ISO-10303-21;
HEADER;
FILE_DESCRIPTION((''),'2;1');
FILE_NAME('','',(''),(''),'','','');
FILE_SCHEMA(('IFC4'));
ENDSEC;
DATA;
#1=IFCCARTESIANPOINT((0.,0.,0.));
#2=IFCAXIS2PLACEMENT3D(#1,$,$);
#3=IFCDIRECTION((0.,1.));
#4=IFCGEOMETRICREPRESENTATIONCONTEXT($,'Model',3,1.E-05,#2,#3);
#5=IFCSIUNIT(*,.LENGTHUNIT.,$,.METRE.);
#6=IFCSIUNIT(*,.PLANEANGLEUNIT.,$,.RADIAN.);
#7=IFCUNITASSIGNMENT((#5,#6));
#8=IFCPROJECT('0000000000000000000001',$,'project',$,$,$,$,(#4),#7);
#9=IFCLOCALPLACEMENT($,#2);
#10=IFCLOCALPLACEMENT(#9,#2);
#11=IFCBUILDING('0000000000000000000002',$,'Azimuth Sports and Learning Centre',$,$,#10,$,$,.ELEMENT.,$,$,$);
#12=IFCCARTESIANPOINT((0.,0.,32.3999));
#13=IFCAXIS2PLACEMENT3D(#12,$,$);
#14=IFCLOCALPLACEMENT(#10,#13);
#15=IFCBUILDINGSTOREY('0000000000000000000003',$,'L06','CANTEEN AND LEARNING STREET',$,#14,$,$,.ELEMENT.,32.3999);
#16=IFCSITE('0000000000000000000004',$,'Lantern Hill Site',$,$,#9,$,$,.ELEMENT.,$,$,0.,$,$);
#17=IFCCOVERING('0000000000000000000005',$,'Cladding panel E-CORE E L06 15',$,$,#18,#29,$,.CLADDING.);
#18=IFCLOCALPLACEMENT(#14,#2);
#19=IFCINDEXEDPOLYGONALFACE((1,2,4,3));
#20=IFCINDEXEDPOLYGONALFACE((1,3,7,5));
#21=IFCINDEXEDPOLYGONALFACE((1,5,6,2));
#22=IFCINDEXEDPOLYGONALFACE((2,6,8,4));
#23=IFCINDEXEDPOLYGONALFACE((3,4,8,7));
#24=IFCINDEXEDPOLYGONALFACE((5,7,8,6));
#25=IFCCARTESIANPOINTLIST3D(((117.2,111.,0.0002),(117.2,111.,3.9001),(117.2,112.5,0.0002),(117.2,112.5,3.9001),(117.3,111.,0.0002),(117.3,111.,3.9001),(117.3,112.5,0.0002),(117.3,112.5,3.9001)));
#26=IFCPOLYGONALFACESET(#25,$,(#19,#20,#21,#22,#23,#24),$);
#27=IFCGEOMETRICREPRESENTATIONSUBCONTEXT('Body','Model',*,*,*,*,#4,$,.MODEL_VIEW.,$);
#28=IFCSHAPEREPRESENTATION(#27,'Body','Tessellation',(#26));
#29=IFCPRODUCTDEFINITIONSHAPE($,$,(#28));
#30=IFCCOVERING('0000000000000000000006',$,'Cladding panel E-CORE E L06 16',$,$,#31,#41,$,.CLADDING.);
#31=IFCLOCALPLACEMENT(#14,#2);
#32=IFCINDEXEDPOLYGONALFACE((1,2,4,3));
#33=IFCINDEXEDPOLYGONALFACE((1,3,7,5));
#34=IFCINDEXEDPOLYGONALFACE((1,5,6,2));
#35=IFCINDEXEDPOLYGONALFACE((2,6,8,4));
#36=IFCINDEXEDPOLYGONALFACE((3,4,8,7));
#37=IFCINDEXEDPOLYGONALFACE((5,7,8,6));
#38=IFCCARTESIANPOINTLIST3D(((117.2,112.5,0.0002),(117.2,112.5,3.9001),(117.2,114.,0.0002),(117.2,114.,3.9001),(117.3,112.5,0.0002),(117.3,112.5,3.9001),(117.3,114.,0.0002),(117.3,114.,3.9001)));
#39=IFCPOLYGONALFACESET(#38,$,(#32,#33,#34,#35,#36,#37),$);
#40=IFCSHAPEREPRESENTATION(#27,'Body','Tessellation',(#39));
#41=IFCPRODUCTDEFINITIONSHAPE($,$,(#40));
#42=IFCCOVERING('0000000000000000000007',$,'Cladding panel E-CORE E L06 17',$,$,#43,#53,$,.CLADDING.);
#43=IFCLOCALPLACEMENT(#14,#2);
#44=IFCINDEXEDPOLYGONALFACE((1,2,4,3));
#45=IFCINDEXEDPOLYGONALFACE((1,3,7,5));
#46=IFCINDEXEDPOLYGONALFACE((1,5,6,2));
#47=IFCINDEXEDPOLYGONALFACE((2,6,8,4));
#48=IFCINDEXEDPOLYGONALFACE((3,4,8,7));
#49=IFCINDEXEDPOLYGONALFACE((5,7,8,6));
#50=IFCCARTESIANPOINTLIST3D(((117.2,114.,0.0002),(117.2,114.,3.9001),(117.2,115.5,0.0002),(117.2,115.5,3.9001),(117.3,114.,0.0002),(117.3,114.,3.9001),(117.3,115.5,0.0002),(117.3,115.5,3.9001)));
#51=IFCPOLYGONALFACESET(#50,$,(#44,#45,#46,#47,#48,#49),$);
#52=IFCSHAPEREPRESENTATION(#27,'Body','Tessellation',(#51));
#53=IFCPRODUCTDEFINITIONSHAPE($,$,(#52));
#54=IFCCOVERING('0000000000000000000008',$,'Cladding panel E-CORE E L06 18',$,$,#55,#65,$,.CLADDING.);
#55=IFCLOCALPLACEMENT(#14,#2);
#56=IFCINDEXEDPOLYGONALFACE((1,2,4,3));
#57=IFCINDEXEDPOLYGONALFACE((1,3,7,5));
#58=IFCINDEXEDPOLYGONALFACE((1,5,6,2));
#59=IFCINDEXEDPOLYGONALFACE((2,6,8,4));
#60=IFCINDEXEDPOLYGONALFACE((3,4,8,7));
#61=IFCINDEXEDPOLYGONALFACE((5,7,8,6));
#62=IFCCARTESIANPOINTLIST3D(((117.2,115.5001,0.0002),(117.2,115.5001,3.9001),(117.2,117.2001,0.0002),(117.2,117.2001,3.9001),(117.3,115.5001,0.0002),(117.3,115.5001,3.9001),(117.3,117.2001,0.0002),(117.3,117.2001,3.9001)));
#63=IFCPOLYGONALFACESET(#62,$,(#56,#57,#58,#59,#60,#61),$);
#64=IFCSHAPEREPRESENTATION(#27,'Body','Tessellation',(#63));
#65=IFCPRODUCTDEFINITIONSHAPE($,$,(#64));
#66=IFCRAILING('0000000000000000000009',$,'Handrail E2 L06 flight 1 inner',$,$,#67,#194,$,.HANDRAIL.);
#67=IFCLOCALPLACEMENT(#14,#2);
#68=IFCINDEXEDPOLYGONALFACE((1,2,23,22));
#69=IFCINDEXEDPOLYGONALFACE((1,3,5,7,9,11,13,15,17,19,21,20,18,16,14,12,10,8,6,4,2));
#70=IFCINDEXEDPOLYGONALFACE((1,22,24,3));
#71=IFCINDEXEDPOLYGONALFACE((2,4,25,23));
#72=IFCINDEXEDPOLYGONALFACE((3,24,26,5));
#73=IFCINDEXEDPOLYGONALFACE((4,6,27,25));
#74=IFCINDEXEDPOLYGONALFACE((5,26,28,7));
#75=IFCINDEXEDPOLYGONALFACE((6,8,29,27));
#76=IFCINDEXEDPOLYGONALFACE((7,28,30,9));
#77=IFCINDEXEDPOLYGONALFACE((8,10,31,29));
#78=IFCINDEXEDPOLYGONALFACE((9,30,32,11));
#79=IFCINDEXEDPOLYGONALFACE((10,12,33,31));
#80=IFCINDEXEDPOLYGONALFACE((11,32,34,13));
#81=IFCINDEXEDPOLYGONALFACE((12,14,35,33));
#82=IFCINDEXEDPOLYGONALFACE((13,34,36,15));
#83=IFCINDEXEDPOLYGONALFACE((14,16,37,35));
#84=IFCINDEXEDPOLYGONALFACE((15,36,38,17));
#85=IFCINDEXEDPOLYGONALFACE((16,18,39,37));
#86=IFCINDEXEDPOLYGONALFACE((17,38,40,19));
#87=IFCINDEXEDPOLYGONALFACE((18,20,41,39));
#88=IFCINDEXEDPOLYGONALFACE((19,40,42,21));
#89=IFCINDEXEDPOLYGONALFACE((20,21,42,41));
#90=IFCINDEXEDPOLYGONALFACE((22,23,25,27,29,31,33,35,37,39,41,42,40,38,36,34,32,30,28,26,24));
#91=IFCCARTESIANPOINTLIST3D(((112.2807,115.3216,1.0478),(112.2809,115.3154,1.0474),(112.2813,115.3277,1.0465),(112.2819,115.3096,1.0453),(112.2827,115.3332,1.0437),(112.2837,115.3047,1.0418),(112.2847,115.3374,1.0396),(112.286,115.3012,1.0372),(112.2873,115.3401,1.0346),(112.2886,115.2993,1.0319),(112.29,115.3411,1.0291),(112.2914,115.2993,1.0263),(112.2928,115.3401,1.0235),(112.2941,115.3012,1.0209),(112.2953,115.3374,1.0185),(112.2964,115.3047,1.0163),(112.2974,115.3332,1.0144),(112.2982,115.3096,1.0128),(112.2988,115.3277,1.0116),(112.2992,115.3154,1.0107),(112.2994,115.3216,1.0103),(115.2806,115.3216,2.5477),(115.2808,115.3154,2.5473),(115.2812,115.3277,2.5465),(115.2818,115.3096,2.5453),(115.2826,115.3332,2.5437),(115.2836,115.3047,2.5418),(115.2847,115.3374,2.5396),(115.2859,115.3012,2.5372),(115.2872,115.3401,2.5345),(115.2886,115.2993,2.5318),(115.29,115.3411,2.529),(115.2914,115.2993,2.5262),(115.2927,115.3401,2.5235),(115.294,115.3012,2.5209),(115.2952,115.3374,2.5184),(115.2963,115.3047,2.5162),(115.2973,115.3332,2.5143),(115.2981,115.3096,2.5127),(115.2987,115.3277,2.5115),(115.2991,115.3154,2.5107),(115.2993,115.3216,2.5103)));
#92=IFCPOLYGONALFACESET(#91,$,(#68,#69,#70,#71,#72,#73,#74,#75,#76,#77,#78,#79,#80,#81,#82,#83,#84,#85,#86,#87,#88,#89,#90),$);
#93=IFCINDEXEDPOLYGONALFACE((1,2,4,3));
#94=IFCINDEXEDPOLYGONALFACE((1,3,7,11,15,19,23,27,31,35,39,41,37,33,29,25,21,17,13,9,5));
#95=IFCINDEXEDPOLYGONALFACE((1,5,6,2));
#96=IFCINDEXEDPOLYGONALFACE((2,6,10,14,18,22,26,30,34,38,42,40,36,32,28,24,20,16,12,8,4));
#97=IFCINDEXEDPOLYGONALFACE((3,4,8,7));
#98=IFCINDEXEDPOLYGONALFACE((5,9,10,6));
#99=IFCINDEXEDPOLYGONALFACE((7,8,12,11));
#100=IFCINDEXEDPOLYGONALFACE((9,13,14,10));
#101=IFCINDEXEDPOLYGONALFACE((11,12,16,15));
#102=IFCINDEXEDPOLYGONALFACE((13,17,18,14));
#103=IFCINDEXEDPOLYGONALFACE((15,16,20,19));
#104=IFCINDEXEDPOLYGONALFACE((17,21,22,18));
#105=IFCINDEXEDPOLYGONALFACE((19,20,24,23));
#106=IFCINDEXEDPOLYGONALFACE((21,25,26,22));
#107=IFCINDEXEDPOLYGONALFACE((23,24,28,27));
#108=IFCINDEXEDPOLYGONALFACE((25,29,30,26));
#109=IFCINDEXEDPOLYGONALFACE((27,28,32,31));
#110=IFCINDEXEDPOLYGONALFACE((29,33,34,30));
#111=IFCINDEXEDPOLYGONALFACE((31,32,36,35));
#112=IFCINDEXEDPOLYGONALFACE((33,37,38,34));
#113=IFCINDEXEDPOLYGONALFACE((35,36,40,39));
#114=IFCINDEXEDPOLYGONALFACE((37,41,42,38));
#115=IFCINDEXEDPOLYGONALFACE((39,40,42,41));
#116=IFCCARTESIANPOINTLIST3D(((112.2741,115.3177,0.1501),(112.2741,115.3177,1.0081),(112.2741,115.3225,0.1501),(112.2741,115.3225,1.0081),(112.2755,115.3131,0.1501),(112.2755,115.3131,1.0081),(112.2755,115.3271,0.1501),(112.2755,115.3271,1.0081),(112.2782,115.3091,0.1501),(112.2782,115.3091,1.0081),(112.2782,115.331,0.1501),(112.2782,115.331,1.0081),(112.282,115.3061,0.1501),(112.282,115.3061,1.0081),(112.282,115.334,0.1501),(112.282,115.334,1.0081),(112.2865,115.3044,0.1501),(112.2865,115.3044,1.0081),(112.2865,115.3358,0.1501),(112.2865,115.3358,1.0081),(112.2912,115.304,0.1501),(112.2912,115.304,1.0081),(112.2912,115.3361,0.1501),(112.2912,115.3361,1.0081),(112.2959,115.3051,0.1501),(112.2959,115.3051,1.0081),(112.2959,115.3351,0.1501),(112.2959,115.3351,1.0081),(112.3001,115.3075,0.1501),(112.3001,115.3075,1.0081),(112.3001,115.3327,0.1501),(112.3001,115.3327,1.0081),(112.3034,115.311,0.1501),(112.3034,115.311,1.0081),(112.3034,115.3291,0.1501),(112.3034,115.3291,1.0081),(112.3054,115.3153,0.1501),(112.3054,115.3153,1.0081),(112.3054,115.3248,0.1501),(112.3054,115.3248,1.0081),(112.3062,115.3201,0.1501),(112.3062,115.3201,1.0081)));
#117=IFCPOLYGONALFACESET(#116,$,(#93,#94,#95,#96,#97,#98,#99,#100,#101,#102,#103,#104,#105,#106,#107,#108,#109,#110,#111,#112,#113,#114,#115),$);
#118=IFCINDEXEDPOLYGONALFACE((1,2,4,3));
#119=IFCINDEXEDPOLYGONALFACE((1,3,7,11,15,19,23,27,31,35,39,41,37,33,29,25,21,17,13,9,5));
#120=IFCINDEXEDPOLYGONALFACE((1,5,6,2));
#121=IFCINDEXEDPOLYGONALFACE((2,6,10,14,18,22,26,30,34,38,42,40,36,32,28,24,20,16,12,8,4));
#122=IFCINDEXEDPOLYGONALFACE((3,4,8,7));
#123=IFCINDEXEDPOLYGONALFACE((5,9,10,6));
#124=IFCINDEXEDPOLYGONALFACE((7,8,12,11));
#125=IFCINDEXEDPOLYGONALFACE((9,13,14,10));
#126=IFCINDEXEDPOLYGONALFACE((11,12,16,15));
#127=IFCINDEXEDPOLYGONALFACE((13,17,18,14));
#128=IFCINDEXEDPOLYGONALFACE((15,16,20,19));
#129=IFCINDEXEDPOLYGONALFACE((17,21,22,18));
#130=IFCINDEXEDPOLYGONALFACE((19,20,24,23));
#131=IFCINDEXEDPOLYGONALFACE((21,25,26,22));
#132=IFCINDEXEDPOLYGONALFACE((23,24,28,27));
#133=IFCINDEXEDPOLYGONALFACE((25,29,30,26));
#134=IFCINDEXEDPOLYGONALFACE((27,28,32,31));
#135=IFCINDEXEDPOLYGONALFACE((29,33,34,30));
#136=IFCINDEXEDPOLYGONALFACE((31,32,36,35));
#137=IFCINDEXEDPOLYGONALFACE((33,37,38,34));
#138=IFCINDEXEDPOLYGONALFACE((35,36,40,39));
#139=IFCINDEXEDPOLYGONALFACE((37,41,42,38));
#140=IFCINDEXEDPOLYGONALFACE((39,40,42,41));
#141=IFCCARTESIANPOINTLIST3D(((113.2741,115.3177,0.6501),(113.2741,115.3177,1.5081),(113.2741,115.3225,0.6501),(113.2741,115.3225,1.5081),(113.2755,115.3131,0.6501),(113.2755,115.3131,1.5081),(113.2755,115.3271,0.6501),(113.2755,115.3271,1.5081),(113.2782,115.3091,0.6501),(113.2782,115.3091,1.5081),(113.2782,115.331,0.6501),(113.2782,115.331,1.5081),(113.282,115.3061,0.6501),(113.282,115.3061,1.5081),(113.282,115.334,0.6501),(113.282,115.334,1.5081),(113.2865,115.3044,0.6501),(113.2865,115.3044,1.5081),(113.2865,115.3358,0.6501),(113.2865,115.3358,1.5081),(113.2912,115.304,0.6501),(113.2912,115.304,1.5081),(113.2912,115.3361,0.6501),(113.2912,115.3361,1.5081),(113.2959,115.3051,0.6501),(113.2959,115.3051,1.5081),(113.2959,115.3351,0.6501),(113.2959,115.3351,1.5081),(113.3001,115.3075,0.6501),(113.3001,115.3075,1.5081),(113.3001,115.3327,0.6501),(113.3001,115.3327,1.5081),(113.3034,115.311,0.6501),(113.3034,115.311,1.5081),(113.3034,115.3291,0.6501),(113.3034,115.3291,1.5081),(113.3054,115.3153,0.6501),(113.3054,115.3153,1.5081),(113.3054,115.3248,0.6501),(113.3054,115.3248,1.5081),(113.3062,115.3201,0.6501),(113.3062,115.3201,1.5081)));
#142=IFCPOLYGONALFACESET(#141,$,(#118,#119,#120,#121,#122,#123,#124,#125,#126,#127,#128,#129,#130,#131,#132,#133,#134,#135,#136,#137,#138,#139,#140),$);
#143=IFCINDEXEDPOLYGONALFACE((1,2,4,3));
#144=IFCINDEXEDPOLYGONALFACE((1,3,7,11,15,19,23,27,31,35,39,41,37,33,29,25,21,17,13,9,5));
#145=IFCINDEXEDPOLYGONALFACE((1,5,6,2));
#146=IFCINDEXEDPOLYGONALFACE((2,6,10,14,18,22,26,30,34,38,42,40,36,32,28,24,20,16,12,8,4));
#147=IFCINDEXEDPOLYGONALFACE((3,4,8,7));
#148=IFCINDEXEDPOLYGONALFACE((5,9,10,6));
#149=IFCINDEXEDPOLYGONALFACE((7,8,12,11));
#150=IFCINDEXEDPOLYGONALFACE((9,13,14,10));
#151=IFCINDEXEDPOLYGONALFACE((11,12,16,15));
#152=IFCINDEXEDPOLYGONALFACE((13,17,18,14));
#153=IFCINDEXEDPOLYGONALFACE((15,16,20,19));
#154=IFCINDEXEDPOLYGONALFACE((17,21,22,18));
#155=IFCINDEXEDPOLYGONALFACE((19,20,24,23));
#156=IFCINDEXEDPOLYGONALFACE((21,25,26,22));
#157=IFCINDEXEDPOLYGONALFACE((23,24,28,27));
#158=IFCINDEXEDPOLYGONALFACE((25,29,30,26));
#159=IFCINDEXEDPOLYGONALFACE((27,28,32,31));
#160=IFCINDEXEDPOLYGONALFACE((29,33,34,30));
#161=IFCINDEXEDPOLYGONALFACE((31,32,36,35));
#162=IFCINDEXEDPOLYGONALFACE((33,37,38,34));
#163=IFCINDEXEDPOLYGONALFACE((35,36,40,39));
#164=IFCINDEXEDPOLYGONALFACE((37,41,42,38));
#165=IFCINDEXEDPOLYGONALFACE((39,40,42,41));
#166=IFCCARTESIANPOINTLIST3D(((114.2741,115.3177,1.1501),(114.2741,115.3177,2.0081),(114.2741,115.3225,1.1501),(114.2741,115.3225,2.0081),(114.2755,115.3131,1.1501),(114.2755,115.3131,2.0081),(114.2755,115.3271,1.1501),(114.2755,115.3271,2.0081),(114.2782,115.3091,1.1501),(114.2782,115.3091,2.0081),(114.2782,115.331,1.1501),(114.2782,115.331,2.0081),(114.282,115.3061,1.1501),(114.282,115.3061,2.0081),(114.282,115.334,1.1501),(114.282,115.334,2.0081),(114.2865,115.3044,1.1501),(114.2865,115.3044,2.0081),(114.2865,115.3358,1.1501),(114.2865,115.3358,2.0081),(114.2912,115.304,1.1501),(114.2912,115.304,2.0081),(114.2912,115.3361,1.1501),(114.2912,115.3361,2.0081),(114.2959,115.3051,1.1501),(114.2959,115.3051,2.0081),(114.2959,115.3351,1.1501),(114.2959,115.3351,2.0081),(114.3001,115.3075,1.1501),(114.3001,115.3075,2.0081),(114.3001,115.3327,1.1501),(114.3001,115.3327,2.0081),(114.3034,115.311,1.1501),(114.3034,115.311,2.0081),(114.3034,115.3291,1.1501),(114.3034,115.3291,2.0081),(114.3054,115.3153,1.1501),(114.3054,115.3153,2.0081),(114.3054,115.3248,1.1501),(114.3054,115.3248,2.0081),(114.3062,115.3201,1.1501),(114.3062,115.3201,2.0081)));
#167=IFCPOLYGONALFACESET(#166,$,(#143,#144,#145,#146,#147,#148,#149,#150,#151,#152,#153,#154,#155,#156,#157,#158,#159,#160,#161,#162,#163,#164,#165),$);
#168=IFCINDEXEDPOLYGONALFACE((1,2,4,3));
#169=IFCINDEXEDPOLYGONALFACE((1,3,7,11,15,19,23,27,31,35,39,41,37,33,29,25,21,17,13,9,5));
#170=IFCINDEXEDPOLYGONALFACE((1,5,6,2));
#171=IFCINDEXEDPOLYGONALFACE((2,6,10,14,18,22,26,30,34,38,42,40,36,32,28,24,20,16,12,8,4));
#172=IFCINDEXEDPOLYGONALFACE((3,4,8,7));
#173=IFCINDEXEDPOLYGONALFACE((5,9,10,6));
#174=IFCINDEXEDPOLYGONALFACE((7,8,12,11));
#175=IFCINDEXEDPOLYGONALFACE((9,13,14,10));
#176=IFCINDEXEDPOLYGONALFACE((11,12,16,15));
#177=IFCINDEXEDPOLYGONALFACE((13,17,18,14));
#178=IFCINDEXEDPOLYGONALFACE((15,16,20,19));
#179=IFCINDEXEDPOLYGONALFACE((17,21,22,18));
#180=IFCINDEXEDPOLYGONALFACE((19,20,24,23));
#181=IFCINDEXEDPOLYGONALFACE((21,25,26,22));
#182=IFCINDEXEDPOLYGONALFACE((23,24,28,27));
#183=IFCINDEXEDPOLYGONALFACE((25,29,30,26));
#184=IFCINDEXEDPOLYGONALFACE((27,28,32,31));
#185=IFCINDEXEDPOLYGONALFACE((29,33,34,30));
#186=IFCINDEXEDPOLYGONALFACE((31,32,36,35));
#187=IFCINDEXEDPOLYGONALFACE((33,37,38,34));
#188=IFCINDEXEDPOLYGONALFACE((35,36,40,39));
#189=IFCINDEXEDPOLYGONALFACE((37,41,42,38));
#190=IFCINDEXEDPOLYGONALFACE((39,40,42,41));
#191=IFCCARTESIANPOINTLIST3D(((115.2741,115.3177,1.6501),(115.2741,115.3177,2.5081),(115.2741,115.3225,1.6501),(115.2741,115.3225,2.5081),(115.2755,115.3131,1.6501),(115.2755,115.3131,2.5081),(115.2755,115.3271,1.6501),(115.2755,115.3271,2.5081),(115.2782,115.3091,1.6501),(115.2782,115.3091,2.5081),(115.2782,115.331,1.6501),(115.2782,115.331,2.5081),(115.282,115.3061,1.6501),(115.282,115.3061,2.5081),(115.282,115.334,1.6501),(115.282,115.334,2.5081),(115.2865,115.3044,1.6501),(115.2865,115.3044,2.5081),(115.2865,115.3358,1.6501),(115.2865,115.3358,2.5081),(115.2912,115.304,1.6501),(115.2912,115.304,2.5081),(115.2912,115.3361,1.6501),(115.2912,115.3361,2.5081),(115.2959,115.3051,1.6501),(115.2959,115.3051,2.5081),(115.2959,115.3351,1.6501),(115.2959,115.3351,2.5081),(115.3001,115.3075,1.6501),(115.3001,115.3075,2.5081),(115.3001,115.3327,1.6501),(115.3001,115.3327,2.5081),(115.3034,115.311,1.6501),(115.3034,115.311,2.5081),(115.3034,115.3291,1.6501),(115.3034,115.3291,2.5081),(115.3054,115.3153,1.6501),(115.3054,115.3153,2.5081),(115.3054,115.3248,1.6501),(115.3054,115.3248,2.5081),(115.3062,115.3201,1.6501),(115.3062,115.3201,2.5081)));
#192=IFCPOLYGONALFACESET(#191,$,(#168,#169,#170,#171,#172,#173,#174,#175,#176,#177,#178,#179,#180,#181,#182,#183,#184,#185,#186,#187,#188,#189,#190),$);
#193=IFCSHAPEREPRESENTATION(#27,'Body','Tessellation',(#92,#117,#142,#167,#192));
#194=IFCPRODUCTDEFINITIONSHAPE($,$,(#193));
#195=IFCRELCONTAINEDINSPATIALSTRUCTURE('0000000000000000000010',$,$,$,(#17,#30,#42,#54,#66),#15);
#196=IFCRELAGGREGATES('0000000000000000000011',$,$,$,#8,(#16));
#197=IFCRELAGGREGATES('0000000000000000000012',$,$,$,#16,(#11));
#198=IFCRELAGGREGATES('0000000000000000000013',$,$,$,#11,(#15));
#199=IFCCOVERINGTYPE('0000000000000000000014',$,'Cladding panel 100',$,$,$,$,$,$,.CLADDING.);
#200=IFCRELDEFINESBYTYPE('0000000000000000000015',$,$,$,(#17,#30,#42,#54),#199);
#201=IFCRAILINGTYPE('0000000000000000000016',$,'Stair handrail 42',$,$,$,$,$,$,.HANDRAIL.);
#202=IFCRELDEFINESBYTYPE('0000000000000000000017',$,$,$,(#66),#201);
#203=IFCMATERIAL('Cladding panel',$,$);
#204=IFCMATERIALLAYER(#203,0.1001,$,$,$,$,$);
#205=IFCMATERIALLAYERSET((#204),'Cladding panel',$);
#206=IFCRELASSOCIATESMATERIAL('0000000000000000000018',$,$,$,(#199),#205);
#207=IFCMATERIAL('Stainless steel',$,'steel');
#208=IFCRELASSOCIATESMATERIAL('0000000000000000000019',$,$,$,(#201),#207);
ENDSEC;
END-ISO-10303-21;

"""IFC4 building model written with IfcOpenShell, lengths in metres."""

from ifc_helpers import new_model, si_unit, direction, frame, origin, origin_2d, place, context, subcontext, project, spatial, rectangle, circle, extrude, material, layer, layer_set, type_object, element, save


model = new_model("IFC4")

# Units and contexts
model_context = context("Model", 3, precision=1e-05, world=origin(), true_north=direction((0.0, 1.0)))
body_context = subcontext(model_context, "Body", "Model", "MODEL_VIEW")
ifc_project = project(units=[si_unit("LENGTHUNIT", "METRE"), si_unit("PLANEANGLEUNIT", "RADIAN")], contexts=[model_context])

# Site, building, storey
site_placement = place(None, origin())
site = spatial("IfcSite", under=ifc_project, at=site_placement, Name="Lantern Hill Site", CompositionType="ELEMENT", RefElevation=0.0)
building_placement = place(site_placement, origin())
building = spatial("IfcBuilding", under=site, at=building_placement, Name="Azimuth Sports and Learning Centre", CompositionType="ELEMENT")
storey_placement = place(building_placement, frame((0.0, 0.0, 32.3999)))
storey = spatial("IfcBuildingStorey", under=building, at=storey_placement, Name="L06", Description="CANTEEN AND LEARNING STREET", CompositionType="ELEMENT", Elevation=32.3999)

# Coverings
ifc_material_1 = material(Name="Cladding panel")
ifc_layer_1 = layer(ifc_material_1, 0.1001)
ifc_layer_set_1 = layer_set([ifc_layer_1], Name="Cladding panel")
covering_type = type_object("IfcCoveringType", Name="Cladding panel 100", PredefinedType="CLADDING", material=ifc_layer_set_1)
for number, where, z_axis, x_axis, name in (
    (1, (117.25, 111.75, 0.0002), (0.0, 0.0, 1.0), (0.0, 1.0, 0.0), "Cladding panel E-CORE E L06 15"),
    (2, (117.25, 113.25, 0.0002), (0.0, 0.0, 1.0), (0.0, 1.0, 0.0), "Cladding panel E-CORE E L06 16"),
    (3, (117.25, 114.75, 0.0002), (0.0, 0.0, 1.0), (0.0, 1.0, 0.0), "Cladding panel E-CORE E L06 17"),
):
    element("IfcCovering", number, at=place(storey_placement, frame(where, z_axis=z_axis, x_axis=x_axis)), inside=storey, type_object=covering_type, Name=name, PredefinedType="CLADDING", context=body_context, shape_type="SweptSolid", body=[
        extrude(rectangle(XDim=1.5, YDim=0.1001, at=origin_2d()), origin(), (0.0, 0.0, 1.0), 3.8999),
    ])
covering_placement = place(storey_placement, frame((117.25, 116.3501, 0.0002), z_axis=(0.0, 0.0, 1.0), x_axis=(0.0, 1.0, 0.0)))
element("IfcCovering", 4, at=covering_placement, inside=storey, type_object=covering_type, Name="Cladding panel E-CORE E L06 18", PredefinedType="CLADDING", context=body_context, shape_type="SweptSolid", body=[
    extrude(rectangle(XDim=1.7, YDim=0.1001, at=origin_2d()), origin(), (0.0, 0.0, 1.0), 3.8999),
])

# Railing
ifc_material_2 = material(Name="Stainless steel", Category="steel")
railing_type_1 = type_object("IfcRailingType", Name="Stair handrail 42", PredefinedType="HANDRAIL", material=ifc_material_2)
for number, where, name in (
    (5, (112.29, 115.3201, 0.1501), "Handrail E2 L06 flight 1 inner"),
):
    element("IfcRailing", number, at=place(storey_placement, frame(where)), inside=storey, type_object=railing_type_1, Name=name, PredefinedType="HANDRAIL", context=body_context, shape_type="SweptSolid", body=[
        extrude(circle(Radius=0.021, at=origin_2d()), frame((0.0, 0.0, 0.8789), z_axis=(0.894427, 0.0, 0.447214), x_axis=(0.0, 1.0, 0.0)), (0.0, 0.0, 1.0), 3.354),
        extrude(circle(Radius=0.0161, at=origin_2d()), origin(), (0.0, 0.0, 1.0), 0.8579),
        extrude(circle(Radius=0.0161, at=origin_2d()), frame((1.0, 0.0, 0.5)), (0.0, 0.0, 1.0), 0.8579),
        extrude(circle(Radius=0.0161, at=origin_2d()), frame((2.0, 0.0, 1.0)), (0.0, 0.0, 1.0), 0.8579),
        extrude(circle(Radius=0.0161, at=origin_2d()), frame((3.0, 0.0, 1.5)), (0.0, 0.0, 1.0), 0.8579),
    ])

save(model, "model.ifc")
